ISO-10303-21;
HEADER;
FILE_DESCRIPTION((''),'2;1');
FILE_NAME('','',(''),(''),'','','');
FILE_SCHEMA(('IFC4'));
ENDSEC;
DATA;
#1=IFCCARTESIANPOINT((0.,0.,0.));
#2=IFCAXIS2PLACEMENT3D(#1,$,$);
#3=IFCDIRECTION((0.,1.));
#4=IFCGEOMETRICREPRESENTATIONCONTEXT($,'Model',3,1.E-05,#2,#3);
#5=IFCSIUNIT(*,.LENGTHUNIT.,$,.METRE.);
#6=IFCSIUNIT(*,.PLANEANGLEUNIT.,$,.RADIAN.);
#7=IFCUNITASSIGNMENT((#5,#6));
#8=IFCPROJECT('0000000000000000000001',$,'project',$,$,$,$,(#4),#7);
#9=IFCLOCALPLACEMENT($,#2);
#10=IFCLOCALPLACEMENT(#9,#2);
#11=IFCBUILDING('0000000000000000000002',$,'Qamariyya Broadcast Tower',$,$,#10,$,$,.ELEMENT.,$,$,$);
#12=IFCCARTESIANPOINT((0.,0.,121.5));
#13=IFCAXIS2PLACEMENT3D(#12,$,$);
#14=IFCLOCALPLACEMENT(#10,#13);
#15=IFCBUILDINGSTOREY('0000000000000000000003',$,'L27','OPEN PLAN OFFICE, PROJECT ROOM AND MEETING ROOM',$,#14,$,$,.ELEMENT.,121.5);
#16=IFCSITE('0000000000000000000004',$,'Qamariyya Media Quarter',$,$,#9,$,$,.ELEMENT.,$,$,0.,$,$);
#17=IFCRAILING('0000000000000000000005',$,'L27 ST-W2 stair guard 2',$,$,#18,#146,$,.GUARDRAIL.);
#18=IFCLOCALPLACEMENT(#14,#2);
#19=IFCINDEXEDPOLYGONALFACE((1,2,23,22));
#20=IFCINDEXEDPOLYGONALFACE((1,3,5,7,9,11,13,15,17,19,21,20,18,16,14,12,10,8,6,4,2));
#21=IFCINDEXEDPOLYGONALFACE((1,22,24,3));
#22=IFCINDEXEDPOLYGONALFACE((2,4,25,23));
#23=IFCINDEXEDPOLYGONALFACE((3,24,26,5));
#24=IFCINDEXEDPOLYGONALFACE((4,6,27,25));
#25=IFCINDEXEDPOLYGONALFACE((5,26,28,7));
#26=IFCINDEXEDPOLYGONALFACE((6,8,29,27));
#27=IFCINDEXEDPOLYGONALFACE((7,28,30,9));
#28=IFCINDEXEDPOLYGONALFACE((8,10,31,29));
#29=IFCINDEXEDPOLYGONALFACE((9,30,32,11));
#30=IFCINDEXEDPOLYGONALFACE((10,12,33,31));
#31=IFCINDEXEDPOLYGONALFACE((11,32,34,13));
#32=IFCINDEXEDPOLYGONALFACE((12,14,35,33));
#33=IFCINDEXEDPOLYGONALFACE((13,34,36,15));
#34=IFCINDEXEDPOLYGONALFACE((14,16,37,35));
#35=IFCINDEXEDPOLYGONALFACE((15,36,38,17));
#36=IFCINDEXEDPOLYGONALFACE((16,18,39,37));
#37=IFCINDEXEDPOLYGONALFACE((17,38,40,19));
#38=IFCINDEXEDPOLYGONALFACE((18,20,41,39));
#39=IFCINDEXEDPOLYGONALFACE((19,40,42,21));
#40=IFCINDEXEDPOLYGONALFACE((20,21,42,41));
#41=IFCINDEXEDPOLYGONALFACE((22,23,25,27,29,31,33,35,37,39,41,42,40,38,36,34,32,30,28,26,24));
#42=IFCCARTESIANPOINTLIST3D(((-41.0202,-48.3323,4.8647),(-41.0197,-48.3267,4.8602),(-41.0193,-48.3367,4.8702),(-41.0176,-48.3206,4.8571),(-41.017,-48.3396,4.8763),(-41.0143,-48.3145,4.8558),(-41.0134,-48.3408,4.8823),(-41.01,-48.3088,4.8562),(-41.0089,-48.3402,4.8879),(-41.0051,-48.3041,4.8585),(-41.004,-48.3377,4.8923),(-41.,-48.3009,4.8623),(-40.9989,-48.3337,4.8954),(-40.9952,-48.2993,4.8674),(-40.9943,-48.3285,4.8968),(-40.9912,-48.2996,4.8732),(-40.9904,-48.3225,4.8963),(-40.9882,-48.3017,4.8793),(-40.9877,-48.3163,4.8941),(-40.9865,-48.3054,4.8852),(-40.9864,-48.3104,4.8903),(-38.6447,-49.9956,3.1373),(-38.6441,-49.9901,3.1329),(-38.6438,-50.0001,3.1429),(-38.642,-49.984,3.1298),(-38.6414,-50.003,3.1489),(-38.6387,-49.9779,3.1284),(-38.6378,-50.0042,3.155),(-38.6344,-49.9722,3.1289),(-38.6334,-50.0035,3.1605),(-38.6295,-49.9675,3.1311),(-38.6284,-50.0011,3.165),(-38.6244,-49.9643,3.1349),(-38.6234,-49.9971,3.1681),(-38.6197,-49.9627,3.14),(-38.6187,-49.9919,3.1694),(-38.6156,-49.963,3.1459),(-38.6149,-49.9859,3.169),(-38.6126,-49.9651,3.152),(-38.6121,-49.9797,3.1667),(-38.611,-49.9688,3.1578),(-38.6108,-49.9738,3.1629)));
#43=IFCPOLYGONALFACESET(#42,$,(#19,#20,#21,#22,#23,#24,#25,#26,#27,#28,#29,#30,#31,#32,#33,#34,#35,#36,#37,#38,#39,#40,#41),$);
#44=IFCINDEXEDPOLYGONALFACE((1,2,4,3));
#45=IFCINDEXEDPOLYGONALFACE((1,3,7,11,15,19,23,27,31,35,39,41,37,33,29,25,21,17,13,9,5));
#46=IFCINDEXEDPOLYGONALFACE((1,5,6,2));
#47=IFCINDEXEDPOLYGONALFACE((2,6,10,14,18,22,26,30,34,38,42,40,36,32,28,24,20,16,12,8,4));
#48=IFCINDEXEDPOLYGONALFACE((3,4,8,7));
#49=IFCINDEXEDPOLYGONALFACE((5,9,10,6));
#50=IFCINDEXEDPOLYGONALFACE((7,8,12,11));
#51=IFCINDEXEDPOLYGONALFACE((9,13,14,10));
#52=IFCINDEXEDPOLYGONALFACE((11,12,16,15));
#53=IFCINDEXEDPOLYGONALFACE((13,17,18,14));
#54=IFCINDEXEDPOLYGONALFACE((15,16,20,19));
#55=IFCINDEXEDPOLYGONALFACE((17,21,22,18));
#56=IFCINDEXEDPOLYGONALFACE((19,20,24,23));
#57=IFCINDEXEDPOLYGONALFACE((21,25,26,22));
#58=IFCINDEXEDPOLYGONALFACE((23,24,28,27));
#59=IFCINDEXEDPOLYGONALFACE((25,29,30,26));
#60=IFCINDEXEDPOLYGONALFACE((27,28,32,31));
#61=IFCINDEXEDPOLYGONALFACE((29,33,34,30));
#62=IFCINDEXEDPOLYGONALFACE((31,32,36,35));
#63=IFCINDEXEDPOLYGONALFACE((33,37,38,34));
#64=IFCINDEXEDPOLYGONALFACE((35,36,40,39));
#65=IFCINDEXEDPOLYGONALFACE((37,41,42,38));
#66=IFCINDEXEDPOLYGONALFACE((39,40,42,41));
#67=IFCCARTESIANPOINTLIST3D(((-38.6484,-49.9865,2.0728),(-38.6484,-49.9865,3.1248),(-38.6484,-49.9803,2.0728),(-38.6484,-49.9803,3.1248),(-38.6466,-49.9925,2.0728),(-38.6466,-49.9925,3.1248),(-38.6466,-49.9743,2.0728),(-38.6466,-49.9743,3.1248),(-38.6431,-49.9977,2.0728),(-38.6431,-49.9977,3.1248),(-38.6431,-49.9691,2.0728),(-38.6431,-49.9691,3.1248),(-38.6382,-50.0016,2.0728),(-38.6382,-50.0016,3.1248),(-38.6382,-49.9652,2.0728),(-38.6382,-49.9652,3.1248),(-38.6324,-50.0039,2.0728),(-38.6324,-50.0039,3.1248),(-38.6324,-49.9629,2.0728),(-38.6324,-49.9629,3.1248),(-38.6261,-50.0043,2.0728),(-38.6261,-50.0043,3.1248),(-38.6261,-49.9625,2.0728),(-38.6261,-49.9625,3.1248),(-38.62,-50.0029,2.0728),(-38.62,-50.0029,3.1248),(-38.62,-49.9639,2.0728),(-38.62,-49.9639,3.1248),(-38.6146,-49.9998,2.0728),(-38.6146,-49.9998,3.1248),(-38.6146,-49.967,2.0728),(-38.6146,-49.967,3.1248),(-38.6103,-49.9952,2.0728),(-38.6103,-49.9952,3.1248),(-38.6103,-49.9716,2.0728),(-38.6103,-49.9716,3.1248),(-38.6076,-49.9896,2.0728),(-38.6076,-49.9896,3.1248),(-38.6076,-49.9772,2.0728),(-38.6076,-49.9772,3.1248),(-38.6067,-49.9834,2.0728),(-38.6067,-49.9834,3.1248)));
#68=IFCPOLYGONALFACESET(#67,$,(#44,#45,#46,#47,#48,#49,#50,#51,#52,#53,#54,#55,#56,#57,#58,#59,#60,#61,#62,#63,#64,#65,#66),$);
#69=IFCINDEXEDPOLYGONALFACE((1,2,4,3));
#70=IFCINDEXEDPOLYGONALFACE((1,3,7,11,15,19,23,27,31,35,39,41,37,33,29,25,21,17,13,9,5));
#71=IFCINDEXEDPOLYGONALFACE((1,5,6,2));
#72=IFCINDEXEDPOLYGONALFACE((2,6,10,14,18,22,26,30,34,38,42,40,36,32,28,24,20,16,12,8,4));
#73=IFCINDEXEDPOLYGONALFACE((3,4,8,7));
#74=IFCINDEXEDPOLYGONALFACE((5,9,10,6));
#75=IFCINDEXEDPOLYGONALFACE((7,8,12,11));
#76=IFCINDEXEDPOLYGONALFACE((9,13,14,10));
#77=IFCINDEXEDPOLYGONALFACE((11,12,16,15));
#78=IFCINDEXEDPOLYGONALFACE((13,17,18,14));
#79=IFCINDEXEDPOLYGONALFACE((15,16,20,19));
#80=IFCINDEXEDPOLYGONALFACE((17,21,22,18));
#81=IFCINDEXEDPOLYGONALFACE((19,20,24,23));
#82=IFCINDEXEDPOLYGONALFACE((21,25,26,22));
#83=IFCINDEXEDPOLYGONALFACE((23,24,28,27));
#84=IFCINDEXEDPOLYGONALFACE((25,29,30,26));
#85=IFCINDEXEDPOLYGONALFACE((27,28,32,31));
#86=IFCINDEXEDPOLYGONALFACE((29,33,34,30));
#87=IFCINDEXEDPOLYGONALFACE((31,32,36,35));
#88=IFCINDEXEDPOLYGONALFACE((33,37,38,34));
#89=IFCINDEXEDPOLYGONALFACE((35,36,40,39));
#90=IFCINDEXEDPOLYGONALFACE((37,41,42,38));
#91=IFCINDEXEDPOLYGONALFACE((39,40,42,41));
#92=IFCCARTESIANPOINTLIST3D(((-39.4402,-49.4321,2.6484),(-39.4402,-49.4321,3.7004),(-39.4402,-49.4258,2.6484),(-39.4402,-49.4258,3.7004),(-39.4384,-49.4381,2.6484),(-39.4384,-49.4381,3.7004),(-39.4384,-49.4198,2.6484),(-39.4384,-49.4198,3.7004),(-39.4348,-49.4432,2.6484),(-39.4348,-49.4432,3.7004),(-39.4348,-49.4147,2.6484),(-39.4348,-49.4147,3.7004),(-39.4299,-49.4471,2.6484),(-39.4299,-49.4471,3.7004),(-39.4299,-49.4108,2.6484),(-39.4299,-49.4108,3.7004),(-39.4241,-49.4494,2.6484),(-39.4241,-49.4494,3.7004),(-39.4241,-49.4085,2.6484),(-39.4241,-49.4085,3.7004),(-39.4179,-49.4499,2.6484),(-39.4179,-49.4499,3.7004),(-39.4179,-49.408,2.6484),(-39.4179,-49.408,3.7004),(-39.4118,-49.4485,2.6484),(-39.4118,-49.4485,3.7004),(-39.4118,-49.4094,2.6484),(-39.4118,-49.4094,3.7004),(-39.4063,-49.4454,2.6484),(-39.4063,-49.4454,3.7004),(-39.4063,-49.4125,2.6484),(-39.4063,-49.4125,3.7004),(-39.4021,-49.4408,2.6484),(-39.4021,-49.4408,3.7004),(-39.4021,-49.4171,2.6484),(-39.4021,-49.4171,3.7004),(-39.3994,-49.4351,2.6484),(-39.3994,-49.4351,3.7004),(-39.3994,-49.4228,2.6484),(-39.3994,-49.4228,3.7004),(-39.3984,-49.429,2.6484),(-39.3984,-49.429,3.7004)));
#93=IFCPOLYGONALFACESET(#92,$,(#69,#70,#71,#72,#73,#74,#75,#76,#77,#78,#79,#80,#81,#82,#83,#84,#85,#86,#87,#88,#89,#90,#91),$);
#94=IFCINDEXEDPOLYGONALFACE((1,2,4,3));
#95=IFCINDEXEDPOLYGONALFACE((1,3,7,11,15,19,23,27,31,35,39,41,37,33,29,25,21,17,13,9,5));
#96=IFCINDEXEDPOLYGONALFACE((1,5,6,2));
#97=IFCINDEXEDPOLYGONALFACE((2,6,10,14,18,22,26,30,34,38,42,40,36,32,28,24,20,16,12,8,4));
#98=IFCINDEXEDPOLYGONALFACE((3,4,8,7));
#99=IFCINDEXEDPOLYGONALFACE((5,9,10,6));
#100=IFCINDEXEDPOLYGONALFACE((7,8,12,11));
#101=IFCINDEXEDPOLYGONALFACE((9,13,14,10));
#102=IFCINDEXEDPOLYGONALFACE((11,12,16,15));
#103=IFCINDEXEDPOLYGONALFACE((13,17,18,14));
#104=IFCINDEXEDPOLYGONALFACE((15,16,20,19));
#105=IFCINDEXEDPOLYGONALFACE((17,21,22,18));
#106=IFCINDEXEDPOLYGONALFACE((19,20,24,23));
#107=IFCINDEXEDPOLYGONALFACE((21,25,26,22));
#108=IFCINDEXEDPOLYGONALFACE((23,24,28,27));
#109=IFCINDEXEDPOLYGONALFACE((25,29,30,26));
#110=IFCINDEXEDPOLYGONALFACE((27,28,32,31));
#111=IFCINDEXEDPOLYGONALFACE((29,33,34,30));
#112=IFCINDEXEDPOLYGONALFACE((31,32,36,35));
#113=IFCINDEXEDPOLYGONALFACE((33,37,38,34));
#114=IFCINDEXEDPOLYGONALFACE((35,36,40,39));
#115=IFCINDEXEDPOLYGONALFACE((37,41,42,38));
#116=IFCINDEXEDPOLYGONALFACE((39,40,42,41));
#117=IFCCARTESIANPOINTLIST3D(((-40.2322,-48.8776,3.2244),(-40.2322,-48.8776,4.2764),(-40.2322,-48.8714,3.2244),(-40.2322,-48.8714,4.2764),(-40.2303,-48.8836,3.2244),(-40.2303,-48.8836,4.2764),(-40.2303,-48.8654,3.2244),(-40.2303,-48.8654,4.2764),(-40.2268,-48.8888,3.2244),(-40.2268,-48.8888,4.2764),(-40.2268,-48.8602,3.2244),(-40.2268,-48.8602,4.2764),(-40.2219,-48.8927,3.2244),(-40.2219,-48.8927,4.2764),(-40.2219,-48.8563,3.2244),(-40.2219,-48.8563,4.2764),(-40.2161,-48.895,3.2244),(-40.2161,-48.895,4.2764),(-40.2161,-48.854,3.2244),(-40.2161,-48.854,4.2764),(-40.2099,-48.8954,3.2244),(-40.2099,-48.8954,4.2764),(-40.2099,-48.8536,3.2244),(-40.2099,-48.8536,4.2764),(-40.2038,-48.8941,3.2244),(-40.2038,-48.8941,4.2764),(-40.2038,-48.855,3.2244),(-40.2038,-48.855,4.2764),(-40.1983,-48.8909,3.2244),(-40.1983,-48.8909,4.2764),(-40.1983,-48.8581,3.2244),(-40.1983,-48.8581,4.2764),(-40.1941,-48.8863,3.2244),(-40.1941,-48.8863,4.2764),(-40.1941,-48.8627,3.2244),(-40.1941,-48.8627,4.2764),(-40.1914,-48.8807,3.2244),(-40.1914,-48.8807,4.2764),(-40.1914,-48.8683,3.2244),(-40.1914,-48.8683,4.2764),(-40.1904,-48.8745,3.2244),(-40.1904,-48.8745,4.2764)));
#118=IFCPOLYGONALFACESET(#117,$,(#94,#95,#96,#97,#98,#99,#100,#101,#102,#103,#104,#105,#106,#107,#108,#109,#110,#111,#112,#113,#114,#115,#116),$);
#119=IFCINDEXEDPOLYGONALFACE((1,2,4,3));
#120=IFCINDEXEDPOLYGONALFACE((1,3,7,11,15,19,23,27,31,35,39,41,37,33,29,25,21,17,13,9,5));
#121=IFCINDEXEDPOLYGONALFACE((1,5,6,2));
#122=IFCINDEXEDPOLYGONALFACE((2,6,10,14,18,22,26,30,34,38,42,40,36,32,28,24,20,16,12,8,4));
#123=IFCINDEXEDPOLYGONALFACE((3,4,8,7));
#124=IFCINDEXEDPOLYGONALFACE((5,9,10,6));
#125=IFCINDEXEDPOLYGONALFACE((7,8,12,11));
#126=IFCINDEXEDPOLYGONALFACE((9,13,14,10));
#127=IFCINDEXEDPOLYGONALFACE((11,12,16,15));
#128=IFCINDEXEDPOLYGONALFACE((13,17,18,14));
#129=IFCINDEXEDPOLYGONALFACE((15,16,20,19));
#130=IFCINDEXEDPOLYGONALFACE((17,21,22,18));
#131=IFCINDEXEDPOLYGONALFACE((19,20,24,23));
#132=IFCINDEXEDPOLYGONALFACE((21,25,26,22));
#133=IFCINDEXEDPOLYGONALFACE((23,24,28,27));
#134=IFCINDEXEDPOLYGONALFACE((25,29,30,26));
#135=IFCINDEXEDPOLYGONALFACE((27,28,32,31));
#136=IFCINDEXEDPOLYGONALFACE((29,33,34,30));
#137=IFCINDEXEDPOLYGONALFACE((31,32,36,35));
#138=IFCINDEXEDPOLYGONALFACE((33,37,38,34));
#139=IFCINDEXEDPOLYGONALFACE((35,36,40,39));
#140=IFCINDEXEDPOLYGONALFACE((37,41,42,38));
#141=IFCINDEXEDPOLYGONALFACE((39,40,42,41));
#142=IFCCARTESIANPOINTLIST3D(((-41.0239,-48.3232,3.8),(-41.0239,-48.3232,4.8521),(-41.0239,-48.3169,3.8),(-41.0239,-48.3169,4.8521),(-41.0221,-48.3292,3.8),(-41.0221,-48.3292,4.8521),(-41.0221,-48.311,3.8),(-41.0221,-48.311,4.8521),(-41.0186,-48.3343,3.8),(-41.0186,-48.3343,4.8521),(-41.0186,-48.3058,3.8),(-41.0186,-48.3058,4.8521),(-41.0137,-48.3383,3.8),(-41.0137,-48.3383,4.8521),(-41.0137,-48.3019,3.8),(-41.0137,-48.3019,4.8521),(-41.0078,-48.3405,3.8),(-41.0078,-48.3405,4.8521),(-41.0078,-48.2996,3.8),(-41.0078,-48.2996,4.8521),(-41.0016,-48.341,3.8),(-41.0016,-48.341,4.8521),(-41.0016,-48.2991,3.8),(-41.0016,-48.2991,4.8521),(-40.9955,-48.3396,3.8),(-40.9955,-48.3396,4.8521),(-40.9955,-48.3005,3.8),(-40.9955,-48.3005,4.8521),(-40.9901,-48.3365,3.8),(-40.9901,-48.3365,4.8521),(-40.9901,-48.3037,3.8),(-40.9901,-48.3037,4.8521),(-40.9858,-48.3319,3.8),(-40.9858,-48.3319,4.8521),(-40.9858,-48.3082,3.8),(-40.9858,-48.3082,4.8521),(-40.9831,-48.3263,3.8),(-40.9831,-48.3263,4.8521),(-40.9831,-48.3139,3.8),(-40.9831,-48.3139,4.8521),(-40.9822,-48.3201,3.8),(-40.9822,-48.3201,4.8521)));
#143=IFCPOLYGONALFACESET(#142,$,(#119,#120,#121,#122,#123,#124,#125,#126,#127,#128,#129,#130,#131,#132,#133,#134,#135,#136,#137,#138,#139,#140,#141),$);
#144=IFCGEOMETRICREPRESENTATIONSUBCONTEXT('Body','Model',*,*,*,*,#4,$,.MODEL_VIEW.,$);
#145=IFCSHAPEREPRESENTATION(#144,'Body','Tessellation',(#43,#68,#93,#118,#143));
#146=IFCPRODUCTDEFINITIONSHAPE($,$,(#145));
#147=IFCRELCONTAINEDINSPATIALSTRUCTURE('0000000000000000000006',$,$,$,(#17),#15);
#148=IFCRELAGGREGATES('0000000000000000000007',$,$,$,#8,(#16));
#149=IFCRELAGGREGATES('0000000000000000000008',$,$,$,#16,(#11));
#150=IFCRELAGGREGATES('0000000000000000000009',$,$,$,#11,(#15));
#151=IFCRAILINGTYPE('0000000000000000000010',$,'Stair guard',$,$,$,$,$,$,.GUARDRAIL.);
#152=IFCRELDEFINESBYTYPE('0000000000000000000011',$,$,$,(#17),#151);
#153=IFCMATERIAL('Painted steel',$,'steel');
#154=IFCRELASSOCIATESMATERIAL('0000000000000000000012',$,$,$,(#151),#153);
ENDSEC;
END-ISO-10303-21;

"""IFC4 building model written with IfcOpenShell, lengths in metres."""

from ifc_helpers import new_model, si_unit, direction, frame, origin, origin_2d, place, context, subcontext, project, spatial, circle, extrude, material, type_object, element, save


model = new_model("IFC4")

# Units and contexts
model_context = context("Model", 3, precision=1e-05, world=origin(), true_north=direction((0.0, 1.0)))
body_context = subcontext(model_context, "Body", "Model", "MODEL_VIEW")
ifc_project = project(units=[si_unit("LENGTHUNIT", "METRE"), si_unit("PLANEANGLEUNIT", "RADIAN")], contexts=[model_context])

# Site, building, storey
site_placement = place(None, origin())
site = spatial("IfcSite", under=ifc_project, at=site_placement, Name="Qamariyya Media Quarter", CompositionType="ELEMENT", RefElevation=0.0)
building_placement = place(site_placement, origin())
building = spatial("IfcBuilding", under=site, at=building_placement, Name="Qamariyya Broadcast Tower", CompositionType="ELEMENT")
storey_placement = place(building_placement, frame((0.0, 0.0, 121.5)))
storey = spatial("IfcBuildingStorey", under=building, at=storey_placement, Name="L27", Description="OPEN PLAN OFFICE, PROJECT ROOM AND MEETING ROOM", CompositionType="ELEMENT", Elevation=121.5)

# Railing
ifc_material_1 = material(Name="Painted steel", Category="steel")
railing_type_1 = type_object("IfcRailingType", Name="Stair guard", PredefinedType="GUARDRAIL", material=ifc_material_1)
railing_1_placement = place(storey_placement, frame((-38.6277, -49.9834, 2.0728)))
element("IfcRailing", 1, at=railing_1_placement, inside=storey, type_object=railing_type_1, Name="L27 ST-W2 stair guard 2", PredefinedType="GUARDRAIL", context=body_context, shape_type="SweptSolid", body=[
    extrude(circle(Radius=0.0239, at=origin_2d()), frame((0.0, 0.0, 1.0762), z_axis=(-0.70377, 0.492784, 0.511734), x_axis=(-0.573575, -0.819153, 0.0)), (0.0, 0.0, 1.0), 3.3755),
    extrude(circle(Radius=0.021, at=origin_2d()), origin(), (0.0, 0.0, 1.0), 1.052),
    extrude(circle(Radius=0.021, at=origin_2d()), frame((-0.7917, 0.5544, 0.5757)), (0.0, 0.0, 1.0), 1.052),
    extrude(circle(Radius=0.021, at=origin_2d()), frame((-1.5837, 1.1089, 1.1516)), (0.0, 0.0, 1.0), 1.052),
    extrude(circle(Radius=0.021, at=origin_2d()), frame((-2.3755, 1.6633, 1.7273)), (0.0, 0.0, 1.0), 1.052),
])

save(model, "model.ifc")
